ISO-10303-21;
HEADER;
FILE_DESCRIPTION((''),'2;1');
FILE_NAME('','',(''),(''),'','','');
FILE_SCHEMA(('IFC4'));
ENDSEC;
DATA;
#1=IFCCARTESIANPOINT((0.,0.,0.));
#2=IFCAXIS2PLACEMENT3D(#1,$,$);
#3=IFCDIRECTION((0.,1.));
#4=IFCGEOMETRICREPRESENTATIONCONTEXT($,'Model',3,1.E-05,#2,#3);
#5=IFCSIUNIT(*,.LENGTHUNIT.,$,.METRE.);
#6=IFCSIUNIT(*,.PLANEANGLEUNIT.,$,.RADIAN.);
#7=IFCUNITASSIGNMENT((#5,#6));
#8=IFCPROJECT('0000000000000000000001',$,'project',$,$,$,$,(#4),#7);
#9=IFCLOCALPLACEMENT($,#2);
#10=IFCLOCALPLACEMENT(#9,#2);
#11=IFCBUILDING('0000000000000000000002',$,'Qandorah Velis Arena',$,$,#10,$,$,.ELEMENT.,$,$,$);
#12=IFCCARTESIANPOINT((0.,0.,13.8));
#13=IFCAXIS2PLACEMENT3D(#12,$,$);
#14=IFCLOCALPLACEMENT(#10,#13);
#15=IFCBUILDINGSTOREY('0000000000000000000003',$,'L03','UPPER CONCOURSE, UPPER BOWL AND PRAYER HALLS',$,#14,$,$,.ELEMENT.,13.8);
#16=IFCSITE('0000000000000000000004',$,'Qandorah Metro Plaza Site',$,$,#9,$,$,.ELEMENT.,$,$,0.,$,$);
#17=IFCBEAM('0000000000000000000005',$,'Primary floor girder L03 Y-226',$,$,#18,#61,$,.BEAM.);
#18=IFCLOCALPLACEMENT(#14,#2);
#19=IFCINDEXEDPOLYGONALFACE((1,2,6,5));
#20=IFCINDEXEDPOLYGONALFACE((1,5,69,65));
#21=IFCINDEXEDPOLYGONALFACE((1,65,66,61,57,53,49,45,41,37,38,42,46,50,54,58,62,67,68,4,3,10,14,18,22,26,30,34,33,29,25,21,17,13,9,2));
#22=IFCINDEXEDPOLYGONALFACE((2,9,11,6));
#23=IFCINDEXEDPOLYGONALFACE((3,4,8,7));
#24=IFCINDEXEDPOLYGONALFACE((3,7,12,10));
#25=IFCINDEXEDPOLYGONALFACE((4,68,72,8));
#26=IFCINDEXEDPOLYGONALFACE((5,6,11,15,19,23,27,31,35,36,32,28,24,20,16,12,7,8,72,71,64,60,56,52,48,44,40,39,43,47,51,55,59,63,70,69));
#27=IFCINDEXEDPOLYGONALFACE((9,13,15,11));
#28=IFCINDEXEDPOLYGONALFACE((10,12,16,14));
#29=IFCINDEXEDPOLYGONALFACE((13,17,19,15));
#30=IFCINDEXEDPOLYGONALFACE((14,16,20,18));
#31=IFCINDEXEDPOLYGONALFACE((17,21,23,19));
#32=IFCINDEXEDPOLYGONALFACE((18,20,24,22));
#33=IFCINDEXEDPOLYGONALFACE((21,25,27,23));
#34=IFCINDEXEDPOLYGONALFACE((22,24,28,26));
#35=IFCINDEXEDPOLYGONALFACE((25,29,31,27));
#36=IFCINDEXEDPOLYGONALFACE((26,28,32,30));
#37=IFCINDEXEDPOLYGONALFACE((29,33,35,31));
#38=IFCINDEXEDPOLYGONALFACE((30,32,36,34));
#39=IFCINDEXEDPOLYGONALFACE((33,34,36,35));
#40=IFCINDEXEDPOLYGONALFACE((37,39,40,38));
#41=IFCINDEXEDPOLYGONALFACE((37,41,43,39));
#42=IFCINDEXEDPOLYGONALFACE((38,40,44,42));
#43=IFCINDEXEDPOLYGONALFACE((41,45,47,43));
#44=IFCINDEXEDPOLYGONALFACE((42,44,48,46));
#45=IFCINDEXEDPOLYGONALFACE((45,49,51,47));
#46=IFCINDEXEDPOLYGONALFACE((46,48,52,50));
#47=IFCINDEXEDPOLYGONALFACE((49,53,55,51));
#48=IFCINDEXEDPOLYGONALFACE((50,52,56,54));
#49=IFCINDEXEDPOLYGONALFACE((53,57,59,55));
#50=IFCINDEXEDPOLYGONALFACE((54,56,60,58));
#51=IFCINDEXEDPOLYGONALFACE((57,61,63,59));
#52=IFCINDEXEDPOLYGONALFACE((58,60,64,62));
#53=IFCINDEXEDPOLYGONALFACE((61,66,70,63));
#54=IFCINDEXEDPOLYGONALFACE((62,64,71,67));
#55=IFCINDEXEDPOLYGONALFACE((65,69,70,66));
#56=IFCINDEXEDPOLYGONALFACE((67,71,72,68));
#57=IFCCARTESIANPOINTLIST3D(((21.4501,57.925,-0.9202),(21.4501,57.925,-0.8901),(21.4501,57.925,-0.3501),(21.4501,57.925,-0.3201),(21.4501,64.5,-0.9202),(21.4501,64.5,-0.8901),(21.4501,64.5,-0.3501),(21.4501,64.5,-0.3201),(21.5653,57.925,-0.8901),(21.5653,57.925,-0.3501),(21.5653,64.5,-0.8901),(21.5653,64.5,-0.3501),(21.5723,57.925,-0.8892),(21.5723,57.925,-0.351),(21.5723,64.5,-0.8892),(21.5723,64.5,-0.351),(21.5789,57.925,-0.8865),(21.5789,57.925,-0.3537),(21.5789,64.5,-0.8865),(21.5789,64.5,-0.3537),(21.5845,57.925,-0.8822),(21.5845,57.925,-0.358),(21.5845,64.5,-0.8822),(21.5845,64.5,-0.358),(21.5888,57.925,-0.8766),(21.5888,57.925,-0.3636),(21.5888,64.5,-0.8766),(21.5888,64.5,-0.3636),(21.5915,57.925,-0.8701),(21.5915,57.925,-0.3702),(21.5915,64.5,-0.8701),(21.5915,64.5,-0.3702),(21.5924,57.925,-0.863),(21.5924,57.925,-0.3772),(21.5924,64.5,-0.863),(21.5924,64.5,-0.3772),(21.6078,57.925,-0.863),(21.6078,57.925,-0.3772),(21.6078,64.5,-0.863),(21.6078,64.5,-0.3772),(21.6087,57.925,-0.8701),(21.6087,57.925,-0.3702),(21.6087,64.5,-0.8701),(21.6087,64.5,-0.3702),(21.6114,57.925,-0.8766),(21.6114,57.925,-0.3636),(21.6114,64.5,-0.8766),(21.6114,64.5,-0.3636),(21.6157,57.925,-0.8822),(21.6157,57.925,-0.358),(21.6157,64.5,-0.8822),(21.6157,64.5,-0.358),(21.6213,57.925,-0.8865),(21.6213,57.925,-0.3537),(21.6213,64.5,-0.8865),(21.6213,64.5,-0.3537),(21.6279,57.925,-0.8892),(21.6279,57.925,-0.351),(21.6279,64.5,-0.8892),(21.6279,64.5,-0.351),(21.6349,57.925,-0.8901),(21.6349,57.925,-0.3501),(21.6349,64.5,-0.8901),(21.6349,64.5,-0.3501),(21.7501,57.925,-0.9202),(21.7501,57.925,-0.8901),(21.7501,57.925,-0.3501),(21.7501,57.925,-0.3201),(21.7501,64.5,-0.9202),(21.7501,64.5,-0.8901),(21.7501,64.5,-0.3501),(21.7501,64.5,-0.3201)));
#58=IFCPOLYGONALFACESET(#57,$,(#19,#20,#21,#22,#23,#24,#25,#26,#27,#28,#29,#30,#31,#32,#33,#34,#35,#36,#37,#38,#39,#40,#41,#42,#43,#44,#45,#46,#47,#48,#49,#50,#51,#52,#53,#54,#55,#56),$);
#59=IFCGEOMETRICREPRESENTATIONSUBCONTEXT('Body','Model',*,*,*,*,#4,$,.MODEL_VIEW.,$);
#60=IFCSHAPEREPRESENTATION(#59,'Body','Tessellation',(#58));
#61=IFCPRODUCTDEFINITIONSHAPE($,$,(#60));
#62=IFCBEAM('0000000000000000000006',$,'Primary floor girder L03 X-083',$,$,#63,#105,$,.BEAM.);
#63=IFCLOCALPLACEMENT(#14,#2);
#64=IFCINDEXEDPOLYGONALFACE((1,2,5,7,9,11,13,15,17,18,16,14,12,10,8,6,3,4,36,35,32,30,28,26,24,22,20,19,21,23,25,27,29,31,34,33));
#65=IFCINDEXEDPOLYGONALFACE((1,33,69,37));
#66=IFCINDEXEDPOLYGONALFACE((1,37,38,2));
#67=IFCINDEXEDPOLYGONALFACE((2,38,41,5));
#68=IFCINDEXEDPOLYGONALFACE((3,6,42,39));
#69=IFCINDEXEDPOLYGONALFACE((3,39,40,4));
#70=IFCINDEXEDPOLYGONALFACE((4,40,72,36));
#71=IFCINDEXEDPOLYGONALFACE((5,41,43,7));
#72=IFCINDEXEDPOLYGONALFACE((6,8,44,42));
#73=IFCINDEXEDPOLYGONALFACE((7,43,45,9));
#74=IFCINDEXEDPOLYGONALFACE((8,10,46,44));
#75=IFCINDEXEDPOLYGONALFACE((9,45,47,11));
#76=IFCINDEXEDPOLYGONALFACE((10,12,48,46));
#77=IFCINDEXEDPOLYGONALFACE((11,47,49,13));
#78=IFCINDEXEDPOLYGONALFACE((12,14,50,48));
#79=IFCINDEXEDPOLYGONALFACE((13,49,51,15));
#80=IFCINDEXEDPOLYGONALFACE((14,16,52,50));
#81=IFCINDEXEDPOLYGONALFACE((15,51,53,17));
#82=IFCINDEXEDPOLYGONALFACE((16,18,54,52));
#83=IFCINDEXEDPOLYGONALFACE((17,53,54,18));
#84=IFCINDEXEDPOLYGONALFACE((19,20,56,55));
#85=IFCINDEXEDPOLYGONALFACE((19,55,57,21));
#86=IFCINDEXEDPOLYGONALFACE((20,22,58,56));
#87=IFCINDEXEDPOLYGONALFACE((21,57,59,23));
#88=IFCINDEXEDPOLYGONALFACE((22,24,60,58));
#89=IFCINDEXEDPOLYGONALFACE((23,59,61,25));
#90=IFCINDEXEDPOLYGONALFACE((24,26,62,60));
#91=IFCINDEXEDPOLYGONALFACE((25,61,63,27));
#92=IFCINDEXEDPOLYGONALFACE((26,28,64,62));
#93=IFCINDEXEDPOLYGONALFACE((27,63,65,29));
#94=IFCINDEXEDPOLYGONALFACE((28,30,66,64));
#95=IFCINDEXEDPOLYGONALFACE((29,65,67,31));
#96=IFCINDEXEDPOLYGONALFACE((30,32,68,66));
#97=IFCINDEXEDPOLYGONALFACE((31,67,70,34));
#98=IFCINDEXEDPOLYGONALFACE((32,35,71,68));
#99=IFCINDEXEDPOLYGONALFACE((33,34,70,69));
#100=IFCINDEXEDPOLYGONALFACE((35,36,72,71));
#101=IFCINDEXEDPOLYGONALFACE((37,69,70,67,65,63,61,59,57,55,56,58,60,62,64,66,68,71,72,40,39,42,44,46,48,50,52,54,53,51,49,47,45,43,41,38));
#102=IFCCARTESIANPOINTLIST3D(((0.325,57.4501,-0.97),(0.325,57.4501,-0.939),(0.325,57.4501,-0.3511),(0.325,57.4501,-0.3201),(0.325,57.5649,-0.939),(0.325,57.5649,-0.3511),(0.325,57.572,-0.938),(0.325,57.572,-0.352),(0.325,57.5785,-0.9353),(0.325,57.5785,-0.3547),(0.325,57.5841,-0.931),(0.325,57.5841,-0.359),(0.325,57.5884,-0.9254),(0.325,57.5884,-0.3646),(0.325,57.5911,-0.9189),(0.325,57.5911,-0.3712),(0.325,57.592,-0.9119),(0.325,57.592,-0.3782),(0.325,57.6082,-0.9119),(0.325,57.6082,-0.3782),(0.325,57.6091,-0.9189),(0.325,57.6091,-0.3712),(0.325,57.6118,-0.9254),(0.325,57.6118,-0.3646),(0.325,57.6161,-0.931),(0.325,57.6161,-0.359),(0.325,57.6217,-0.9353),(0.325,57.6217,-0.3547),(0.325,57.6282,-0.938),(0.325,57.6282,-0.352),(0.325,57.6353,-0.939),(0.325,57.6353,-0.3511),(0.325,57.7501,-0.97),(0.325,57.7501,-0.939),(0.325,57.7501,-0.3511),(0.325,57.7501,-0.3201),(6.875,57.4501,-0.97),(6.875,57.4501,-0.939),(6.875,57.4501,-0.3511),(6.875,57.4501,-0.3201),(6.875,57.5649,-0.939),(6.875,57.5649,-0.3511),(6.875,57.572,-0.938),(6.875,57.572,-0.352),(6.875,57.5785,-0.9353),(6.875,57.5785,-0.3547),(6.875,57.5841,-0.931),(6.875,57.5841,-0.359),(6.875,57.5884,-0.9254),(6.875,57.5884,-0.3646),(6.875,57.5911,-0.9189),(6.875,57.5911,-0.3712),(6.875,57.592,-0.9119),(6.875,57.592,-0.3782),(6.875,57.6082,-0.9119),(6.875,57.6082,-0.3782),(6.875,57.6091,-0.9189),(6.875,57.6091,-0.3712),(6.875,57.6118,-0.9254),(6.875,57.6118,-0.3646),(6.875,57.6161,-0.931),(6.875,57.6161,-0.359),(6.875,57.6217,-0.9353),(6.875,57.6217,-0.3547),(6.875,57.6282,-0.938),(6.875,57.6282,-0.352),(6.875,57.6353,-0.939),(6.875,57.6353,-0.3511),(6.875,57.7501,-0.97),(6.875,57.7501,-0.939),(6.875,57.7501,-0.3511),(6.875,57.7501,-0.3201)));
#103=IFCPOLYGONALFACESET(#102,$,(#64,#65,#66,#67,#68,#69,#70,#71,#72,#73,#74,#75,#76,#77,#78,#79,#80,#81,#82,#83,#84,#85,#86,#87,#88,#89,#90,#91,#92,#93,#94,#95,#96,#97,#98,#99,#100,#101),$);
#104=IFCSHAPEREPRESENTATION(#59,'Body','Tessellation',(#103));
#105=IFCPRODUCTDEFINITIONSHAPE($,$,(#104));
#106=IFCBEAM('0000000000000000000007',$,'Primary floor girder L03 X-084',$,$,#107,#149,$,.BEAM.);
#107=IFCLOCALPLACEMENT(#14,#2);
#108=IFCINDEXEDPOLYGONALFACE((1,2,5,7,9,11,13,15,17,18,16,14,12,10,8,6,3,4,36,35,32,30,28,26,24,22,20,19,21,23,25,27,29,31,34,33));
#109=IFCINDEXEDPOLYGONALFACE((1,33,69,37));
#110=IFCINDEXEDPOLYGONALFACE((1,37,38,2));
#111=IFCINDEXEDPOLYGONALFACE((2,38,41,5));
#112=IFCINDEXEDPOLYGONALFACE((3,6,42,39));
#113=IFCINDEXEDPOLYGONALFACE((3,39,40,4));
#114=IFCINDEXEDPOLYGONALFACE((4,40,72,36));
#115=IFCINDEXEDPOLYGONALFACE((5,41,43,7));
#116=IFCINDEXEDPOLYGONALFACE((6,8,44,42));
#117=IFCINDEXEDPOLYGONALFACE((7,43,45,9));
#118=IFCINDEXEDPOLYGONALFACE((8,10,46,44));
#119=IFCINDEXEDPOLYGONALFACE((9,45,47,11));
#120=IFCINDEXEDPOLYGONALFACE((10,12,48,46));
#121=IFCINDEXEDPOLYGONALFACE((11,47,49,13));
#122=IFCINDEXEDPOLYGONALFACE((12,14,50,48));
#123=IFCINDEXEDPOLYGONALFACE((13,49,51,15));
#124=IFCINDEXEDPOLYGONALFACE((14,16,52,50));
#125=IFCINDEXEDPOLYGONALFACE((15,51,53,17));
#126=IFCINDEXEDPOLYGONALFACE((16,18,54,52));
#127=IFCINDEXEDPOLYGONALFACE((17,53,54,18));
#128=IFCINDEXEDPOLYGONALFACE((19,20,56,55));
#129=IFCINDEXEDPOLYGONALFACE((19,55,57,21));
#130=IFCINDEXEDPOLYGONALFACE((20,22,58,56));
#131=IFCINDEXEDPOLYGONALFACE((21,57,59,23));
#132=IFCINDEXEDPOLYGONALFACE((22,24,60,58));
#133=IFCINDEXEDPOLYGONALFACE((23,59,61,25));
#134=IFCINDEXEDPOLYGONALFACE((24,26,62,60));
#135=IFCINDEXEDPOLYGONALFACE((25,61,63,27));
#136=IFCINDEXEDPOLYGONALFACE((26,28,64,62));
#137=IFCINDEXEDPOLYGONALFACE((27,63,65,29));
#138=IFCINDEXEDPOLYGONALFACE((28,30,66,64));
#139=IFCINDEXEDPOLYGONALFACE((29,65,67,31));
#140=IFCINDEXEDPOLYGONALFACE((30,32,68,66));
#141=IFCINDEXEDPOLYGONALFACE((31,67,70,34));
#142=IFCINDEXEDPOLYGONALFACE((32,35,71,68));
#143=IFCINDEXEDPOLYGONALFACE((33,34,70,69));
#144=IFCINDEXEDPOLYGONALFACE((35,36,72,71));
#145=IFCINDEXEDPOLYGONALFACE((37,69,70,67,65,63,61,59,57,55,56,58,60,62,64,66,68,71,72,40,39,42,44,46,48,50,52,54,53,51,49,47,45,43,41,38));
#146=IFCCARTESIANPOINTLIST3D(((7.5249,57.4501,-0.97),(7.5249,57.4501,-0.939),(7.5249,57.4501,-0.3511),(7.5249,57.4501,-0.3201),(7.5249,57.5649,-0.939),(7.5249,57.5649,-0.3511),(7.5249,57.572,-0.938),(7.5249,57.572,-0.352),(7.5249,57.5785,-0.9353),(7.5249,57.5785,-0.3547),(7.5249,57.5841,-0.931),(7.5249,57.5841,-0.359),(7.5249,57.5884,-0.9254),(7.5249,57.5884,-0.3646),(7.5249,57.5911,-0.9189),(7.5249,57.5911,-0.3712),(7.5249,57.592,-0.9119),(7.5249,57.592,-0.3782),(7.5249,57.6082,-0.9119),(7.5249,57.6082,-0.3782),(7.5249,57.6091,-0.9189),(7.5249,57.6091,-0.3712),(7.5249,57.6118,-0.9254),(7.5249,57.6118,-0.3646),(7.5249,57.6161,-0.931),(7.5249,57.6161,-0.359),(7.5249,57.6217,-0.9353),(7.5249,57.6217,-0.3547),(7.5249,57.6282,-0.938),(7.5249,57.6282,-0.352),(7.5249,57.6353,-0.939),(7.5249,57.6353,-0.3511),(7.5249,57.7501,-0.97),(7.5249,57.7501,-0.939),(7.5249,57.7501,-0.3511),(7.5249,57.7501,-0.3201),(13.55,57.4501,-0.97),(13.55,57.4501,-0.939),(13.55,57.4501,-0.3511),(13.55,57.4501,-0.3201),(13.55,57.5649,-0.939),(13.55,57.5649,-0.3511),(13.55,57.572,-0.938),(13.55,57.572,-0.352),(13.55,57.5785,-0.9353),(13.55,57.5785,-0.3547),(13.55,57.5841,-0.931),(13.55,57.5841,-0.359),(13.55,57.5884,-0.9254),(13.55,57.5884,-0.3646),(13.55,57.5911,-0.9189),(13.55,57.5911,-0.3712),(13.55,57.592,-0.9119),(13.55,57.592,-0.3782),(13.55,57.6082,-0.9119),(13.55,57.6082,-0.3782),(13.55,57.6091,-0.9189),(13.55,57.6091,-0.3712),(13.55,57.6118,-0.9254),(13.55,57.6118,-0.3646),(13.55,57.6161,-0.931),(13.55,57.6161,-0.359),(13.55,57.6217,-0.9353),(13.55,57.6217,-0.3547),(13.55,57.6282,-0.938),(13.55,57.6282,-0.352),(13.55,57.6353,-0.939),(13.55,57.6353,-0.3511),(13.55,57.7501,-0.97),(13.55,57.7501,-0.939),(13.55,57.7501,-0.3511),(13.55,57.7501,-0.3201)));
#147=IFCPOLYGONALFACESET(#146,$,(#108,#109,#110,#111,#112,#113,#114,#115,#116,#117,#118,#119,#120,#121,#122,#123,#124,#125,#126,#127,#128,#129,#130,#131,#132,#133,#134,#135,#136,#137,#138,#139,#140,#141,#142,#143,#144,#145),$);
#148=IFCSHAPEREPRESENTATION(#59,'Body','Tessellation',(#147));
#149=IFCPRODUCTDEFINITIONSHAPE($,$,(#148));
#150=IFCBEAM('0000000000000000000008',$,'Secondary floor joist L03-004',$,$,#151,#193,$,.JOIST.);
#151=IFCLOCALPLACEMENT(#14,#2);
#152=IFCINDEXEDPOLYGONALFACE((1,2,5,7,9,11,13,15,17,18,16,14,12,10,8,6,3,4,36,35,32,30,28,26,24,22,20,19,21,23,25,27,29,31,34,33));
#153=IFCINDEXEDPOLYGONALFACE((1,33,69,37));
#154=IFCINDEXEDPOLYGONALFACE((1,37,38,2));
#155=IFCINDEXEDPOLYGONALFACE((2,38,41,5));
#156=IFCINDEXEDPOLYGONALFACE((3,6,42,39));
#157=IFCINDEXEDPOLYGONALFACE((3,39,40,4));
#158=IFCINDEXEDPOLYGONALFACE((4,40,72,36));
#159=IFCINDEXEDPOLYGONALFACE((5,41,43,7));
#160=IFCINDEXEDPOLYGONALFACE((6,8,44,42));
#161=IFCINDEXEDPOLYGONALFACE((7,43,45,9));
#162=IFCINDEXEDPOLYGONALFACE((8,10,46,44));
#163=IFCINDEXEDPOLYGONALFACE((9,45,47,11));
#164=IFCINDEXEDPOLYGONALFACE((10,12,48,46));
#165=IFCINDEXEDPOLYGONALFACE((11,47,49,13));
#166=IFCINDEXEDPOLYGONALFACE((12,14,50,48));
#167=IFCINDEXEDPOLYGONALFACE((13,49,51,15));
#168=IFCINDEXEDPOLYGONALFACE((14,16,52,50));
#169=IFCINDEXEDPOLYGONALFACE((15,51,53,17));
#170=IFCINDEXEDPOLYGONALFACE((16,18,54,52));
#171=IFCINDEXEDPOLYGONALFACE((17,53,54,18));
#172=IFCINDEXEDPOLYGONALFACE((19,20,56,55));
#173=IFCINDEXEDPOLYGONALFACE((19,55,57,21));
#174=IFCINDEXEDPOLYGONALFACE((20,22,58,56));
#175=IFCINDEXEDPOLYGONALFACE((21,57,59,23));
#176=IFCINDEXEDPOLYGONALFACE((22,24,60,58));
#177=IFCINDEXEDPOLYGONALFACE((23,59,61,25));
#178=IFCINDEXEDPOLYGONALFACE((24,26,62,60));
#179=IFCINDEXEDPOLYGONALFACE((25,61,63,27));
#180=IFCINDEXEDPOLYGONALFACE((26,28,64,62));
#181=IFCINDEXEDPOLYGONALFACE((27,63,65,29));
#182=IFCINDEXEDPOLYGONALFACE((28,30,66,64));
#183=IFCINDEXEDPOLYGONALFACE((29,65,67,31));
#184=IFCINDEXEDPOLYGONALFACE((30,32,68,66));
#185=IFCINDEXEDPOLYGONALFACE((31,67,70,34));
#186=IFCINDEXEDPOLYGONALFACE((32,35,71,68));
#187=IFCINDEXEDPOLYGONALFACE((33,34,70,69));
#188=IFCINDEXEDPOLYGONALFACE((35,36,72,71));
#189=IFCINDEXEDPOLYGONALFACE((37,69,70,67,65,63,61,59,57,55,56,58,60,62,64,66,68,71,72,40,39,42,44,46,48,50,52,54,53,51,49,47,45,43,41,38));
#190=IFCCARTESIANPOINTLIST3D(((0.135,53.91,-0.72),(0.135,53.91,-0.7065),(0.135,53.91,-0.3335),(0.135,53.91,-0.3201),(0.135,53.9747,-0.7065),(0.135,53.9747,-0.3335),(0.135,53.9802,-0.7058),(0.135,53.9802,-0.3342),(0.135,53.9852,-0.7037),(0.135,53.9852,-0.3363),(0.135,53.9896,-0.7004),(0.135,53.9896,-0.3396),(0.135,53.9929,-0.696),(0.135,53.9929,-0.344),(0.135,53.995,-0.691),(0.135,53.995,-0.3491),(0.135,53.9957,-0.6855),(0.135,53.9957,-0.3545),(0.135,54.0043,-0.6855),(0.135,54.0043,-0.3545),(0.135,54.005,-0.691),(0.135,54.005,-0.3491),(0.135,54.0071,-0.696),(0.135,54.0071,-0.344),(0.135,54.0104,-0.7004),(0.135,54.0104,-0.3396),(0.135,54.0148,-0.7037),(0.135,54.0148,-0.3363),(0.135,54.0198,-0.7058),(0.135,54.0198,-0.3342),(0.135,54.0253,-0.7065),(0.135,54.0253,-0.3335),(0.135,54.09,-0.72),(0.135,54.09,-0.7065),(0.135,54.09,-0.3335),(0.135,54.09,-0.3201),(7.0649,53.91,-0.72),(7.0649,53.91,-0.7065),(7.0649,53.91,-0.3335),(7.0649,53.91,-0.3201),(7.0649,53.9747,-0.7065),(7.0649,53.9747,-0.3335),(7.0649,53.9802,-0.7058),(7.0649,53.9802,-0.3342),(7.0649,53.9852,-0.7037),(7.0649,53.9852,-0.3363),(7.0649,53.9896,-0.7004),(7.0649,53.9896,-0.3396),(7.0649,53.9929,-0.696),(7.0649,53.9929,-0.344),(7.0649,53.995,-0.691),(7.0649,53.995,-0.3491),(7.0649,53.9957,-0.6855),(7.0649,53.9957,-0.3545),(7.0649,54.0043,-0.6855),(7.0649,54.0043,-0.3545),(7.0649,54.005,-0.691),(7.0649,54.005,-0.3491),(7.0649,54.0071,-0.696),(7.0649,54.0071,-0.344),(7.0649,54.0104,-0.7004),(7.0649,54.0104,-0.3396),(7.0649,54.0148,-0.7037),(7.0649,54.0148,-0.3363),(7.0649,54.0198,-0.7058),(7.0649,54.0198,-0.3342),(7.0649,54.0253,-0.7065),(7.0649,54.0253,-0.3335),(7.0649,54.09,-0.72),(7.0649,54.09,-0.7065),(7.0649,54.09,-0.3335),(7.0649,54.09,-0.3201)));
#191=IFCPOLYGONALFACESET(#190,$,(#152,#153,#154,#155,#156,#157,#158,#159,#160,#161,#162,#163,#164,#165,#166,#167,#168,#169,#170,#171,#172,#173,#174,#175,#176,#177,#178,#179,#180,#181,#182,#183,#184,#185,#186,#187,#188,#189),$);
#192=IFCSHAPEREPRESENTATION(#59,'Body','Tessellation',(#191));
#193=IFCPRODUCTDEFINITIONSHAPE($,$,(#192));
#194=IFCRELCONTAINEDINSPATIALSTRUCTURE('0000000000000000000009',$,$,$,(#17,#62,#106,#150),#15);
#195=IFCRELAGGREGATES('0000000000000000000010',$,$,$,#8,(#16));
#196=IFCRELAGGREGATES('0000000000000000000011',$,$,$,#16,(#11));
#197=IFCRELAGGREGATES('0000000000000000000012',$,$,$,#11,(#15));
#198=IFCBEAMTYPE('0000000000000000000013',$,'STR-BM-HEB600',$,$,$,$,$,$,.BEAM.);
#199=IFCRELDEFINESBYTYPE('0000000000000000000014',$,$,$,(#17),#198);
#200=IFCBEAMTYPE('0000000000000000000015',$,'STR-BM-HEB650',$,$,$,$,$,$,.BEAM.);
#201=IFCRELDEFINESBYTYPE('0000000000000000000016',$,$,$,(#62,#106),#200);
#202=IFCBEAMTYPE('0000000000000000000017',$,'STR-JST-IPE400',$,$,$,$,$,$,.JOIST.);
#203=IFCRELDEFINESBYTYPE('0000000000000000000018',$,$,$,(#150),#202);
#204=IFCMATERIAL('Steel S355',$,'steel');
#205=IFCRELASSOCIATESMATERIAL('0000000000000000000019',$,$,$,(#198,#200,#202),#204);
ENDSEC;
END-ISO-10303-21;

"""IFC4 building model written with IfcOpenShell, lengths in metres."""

from ifc_helpers import new_model, si_unit, direction, frame, origin, origin_2d, place, context, subcontext, project, spatial, i_section, extrude, material, material_profile, profile_set, type_object, element, save


model = new_model("IFC4")

# Units and contexts
model_context = context("Model", 3, precision=1e-05, world=origin(), true_north=direction((0.0, 1.0)))
body_context = subcontext(model_context, "Body", "Model", "MODEL_VIEW")
ifc_project = project(units=[si_unit("LENGTHUNIT", "METRE"), si_unit("PLANEANGLEUNIT", "RADIAN")], contexts=[model_context])

# Site, building, storey
site_placement = place(None, origin())
site = spatial("IfcSite", under=ifc_project, at=site_placement, Name="Qandorah Metro Plaza Site", CompositionType="ELEMENT", RefElevation=0.0)
building_placement = place(site_placement, origin())
building = spatial("IfcBuilding", under=site, at=building_placement, Name="Qandorah Velis Arena", CompositionType="ELEMENT")
storey_placement = place(building_placement, frame((0.0, 0.0, 13.8)))
storey = spatial("IfcBuildingStorey", under=building, at=storey_placement, Name="L03", Description="UPPER CONCOURSE, UPPER BOWL AND PRAYER HALLS", CompositionType="ELEMENT", Elevation=13.8)

# Beams
ifc_material_1 = material(Name="Steel S355", Category="steel")
ifc_material_profile_1 = material_profile(ifc_material_1, i_section(OverallWidth=0.3, OverallDepth=0.6001, WebThickness=0.0154, FlangeThickness=0.03, FilletRadius=0.0271, at=origin_2d()), Name="HEB 600")
ifc_profile_set_1 = profile_set([ifc_material_profile_1], Name="Steel S355")
beam_type_1 = type_object("IfcBeamType", Name="STR-BM-HEB600", PredefinedType="BEAM", material=ifc_profile_set_1)
beam_1_placement = place(storey_placement, frame((21.6001, 57.925, -0.6201), z_axis=(0.0, 1.0, 0.0), x_axis=(-1.0, 0.0, 0.0)))
element("IfcBeam", 1, at=beam_1_placement, inside=storey, type_object=beam_type_1, Name="Primary floor girder L03 Y-226", PredefinedType="BEAM", context=body_context, shape_type="SweptSolid", body=[
    extrude(i_section(OverallWidth=0.3, OverallDepth=0.6001, WebThickness=0.0154, FlangeThickness=0.03, FilletRadius=0.0271, at=origin_2d()), origin(), (0.0, 0.0, 1.0), 6.575),
])
ifc_material_profile_2 = material_profile(ifc_material_1, i_section(OverallWidth=0.3, OverallDepth=0.6499, WebThickness=0.0161, FlangeThickness=0.031, FilletRadius=0.0271, at=origin_2d()), Name="HEB 650")
ifc_profile_set_2 = profile_set([ifc_material_profile_2], Name="Steel S355")
beam_type_2 = type_object("IfcBeamType", Name="STR-BM-HEB650", PredefinedType="BEAM", material=ifc_profile_set_2)
beam_2_placement = place(storey_placement, frame((0.325, 57.6001, -0.645), z_axis=(1.0, 0.0, 0.0), x_axis=(0.0, 1.0, 0.0)))
element("IfcBeam", 2, at=beam_2_placement, inside=storey, type_object=beam_type_2, Name="Primary floor girder L03 X-083", PredefinedType="BEAM", context=body_context, shape_type="SweptSolid", body=[
    extrude(i_section(OverallWidth=0.3, OverallDepth=0.6499, WebThickness=0.0161, FlangeThickness=0.031, FilletRadius=0.0271, at=origin_2d()), origin(), (0.0, 0.0, 1.0), 6.55),
])
beam_3_placement = place(storey_placement, frame((7.5249, 57.6001, -0.645), z_axis=(1.0, 0.0, 0.0), x_axis=(0.0, 1.0, 0.0)))
element("IfcBeam", 3, at=beam_3_placement, inside=storey, type_object=beam_type_2, Name="Primary floor girder L03 X-084", PredefinedType="BEAM", context=body_context, shape_type="SweptSolid", body=[
    extrude(i_section(OverallWidth=0.3, OverallDepth=0.6499, WebThickness=0.0161, FlangeThickness=0.031, FilletRadius=0.0271, at=origin_2d()), origin(), (0.0, 0.0, 1.0), 6.0251),
])
ifc_material_profile_3 = material_profile(ifc_material_1, i_section(OverallWidth=0.1799, OverallDepth=0.3999, WebThickness=0.0085, FlangeThickness=0.0134, FilletRadius=0.021, at=origin_2d()), Name="IPE 400")
ifc_profile_set_3 = profile_set([ifc_material_profile_3], Name="Steel S355")
beam_type_3 = type_object("IfcBeamType", Name="STR-JST-IPE400", PredefinedType="JOIST", material=ifc_profile_set_3)
for number, where, z_axis, x_axis, name in (
    (4, (0.135, 54.0, -0.52), (1.0, 0.0, 0.0), (0.0, 1.0, 0.0), "Secondary floor joist L03-004"),
):
    element("IfcBeam", number, at=place(storey_placement, frame(where, z_axis=z_axis, x_axis=x_axis)), inside=storey, type_object=beam_type_3, Name=name, PredefinedType="JOIST", context=body_context, shape_type="SweptSolid", body=[
        extrude(i_section(OverallWidth=0.1799, OverallDepth=0.3999, WebThickness=0.0085, FlangeThickness=0.0134, FilletRadius=0.021, at=origin_2d()), origin(), (0.0, 0.0, 1.0), 6.9299),
    ])

save(model, "model.ifc")
